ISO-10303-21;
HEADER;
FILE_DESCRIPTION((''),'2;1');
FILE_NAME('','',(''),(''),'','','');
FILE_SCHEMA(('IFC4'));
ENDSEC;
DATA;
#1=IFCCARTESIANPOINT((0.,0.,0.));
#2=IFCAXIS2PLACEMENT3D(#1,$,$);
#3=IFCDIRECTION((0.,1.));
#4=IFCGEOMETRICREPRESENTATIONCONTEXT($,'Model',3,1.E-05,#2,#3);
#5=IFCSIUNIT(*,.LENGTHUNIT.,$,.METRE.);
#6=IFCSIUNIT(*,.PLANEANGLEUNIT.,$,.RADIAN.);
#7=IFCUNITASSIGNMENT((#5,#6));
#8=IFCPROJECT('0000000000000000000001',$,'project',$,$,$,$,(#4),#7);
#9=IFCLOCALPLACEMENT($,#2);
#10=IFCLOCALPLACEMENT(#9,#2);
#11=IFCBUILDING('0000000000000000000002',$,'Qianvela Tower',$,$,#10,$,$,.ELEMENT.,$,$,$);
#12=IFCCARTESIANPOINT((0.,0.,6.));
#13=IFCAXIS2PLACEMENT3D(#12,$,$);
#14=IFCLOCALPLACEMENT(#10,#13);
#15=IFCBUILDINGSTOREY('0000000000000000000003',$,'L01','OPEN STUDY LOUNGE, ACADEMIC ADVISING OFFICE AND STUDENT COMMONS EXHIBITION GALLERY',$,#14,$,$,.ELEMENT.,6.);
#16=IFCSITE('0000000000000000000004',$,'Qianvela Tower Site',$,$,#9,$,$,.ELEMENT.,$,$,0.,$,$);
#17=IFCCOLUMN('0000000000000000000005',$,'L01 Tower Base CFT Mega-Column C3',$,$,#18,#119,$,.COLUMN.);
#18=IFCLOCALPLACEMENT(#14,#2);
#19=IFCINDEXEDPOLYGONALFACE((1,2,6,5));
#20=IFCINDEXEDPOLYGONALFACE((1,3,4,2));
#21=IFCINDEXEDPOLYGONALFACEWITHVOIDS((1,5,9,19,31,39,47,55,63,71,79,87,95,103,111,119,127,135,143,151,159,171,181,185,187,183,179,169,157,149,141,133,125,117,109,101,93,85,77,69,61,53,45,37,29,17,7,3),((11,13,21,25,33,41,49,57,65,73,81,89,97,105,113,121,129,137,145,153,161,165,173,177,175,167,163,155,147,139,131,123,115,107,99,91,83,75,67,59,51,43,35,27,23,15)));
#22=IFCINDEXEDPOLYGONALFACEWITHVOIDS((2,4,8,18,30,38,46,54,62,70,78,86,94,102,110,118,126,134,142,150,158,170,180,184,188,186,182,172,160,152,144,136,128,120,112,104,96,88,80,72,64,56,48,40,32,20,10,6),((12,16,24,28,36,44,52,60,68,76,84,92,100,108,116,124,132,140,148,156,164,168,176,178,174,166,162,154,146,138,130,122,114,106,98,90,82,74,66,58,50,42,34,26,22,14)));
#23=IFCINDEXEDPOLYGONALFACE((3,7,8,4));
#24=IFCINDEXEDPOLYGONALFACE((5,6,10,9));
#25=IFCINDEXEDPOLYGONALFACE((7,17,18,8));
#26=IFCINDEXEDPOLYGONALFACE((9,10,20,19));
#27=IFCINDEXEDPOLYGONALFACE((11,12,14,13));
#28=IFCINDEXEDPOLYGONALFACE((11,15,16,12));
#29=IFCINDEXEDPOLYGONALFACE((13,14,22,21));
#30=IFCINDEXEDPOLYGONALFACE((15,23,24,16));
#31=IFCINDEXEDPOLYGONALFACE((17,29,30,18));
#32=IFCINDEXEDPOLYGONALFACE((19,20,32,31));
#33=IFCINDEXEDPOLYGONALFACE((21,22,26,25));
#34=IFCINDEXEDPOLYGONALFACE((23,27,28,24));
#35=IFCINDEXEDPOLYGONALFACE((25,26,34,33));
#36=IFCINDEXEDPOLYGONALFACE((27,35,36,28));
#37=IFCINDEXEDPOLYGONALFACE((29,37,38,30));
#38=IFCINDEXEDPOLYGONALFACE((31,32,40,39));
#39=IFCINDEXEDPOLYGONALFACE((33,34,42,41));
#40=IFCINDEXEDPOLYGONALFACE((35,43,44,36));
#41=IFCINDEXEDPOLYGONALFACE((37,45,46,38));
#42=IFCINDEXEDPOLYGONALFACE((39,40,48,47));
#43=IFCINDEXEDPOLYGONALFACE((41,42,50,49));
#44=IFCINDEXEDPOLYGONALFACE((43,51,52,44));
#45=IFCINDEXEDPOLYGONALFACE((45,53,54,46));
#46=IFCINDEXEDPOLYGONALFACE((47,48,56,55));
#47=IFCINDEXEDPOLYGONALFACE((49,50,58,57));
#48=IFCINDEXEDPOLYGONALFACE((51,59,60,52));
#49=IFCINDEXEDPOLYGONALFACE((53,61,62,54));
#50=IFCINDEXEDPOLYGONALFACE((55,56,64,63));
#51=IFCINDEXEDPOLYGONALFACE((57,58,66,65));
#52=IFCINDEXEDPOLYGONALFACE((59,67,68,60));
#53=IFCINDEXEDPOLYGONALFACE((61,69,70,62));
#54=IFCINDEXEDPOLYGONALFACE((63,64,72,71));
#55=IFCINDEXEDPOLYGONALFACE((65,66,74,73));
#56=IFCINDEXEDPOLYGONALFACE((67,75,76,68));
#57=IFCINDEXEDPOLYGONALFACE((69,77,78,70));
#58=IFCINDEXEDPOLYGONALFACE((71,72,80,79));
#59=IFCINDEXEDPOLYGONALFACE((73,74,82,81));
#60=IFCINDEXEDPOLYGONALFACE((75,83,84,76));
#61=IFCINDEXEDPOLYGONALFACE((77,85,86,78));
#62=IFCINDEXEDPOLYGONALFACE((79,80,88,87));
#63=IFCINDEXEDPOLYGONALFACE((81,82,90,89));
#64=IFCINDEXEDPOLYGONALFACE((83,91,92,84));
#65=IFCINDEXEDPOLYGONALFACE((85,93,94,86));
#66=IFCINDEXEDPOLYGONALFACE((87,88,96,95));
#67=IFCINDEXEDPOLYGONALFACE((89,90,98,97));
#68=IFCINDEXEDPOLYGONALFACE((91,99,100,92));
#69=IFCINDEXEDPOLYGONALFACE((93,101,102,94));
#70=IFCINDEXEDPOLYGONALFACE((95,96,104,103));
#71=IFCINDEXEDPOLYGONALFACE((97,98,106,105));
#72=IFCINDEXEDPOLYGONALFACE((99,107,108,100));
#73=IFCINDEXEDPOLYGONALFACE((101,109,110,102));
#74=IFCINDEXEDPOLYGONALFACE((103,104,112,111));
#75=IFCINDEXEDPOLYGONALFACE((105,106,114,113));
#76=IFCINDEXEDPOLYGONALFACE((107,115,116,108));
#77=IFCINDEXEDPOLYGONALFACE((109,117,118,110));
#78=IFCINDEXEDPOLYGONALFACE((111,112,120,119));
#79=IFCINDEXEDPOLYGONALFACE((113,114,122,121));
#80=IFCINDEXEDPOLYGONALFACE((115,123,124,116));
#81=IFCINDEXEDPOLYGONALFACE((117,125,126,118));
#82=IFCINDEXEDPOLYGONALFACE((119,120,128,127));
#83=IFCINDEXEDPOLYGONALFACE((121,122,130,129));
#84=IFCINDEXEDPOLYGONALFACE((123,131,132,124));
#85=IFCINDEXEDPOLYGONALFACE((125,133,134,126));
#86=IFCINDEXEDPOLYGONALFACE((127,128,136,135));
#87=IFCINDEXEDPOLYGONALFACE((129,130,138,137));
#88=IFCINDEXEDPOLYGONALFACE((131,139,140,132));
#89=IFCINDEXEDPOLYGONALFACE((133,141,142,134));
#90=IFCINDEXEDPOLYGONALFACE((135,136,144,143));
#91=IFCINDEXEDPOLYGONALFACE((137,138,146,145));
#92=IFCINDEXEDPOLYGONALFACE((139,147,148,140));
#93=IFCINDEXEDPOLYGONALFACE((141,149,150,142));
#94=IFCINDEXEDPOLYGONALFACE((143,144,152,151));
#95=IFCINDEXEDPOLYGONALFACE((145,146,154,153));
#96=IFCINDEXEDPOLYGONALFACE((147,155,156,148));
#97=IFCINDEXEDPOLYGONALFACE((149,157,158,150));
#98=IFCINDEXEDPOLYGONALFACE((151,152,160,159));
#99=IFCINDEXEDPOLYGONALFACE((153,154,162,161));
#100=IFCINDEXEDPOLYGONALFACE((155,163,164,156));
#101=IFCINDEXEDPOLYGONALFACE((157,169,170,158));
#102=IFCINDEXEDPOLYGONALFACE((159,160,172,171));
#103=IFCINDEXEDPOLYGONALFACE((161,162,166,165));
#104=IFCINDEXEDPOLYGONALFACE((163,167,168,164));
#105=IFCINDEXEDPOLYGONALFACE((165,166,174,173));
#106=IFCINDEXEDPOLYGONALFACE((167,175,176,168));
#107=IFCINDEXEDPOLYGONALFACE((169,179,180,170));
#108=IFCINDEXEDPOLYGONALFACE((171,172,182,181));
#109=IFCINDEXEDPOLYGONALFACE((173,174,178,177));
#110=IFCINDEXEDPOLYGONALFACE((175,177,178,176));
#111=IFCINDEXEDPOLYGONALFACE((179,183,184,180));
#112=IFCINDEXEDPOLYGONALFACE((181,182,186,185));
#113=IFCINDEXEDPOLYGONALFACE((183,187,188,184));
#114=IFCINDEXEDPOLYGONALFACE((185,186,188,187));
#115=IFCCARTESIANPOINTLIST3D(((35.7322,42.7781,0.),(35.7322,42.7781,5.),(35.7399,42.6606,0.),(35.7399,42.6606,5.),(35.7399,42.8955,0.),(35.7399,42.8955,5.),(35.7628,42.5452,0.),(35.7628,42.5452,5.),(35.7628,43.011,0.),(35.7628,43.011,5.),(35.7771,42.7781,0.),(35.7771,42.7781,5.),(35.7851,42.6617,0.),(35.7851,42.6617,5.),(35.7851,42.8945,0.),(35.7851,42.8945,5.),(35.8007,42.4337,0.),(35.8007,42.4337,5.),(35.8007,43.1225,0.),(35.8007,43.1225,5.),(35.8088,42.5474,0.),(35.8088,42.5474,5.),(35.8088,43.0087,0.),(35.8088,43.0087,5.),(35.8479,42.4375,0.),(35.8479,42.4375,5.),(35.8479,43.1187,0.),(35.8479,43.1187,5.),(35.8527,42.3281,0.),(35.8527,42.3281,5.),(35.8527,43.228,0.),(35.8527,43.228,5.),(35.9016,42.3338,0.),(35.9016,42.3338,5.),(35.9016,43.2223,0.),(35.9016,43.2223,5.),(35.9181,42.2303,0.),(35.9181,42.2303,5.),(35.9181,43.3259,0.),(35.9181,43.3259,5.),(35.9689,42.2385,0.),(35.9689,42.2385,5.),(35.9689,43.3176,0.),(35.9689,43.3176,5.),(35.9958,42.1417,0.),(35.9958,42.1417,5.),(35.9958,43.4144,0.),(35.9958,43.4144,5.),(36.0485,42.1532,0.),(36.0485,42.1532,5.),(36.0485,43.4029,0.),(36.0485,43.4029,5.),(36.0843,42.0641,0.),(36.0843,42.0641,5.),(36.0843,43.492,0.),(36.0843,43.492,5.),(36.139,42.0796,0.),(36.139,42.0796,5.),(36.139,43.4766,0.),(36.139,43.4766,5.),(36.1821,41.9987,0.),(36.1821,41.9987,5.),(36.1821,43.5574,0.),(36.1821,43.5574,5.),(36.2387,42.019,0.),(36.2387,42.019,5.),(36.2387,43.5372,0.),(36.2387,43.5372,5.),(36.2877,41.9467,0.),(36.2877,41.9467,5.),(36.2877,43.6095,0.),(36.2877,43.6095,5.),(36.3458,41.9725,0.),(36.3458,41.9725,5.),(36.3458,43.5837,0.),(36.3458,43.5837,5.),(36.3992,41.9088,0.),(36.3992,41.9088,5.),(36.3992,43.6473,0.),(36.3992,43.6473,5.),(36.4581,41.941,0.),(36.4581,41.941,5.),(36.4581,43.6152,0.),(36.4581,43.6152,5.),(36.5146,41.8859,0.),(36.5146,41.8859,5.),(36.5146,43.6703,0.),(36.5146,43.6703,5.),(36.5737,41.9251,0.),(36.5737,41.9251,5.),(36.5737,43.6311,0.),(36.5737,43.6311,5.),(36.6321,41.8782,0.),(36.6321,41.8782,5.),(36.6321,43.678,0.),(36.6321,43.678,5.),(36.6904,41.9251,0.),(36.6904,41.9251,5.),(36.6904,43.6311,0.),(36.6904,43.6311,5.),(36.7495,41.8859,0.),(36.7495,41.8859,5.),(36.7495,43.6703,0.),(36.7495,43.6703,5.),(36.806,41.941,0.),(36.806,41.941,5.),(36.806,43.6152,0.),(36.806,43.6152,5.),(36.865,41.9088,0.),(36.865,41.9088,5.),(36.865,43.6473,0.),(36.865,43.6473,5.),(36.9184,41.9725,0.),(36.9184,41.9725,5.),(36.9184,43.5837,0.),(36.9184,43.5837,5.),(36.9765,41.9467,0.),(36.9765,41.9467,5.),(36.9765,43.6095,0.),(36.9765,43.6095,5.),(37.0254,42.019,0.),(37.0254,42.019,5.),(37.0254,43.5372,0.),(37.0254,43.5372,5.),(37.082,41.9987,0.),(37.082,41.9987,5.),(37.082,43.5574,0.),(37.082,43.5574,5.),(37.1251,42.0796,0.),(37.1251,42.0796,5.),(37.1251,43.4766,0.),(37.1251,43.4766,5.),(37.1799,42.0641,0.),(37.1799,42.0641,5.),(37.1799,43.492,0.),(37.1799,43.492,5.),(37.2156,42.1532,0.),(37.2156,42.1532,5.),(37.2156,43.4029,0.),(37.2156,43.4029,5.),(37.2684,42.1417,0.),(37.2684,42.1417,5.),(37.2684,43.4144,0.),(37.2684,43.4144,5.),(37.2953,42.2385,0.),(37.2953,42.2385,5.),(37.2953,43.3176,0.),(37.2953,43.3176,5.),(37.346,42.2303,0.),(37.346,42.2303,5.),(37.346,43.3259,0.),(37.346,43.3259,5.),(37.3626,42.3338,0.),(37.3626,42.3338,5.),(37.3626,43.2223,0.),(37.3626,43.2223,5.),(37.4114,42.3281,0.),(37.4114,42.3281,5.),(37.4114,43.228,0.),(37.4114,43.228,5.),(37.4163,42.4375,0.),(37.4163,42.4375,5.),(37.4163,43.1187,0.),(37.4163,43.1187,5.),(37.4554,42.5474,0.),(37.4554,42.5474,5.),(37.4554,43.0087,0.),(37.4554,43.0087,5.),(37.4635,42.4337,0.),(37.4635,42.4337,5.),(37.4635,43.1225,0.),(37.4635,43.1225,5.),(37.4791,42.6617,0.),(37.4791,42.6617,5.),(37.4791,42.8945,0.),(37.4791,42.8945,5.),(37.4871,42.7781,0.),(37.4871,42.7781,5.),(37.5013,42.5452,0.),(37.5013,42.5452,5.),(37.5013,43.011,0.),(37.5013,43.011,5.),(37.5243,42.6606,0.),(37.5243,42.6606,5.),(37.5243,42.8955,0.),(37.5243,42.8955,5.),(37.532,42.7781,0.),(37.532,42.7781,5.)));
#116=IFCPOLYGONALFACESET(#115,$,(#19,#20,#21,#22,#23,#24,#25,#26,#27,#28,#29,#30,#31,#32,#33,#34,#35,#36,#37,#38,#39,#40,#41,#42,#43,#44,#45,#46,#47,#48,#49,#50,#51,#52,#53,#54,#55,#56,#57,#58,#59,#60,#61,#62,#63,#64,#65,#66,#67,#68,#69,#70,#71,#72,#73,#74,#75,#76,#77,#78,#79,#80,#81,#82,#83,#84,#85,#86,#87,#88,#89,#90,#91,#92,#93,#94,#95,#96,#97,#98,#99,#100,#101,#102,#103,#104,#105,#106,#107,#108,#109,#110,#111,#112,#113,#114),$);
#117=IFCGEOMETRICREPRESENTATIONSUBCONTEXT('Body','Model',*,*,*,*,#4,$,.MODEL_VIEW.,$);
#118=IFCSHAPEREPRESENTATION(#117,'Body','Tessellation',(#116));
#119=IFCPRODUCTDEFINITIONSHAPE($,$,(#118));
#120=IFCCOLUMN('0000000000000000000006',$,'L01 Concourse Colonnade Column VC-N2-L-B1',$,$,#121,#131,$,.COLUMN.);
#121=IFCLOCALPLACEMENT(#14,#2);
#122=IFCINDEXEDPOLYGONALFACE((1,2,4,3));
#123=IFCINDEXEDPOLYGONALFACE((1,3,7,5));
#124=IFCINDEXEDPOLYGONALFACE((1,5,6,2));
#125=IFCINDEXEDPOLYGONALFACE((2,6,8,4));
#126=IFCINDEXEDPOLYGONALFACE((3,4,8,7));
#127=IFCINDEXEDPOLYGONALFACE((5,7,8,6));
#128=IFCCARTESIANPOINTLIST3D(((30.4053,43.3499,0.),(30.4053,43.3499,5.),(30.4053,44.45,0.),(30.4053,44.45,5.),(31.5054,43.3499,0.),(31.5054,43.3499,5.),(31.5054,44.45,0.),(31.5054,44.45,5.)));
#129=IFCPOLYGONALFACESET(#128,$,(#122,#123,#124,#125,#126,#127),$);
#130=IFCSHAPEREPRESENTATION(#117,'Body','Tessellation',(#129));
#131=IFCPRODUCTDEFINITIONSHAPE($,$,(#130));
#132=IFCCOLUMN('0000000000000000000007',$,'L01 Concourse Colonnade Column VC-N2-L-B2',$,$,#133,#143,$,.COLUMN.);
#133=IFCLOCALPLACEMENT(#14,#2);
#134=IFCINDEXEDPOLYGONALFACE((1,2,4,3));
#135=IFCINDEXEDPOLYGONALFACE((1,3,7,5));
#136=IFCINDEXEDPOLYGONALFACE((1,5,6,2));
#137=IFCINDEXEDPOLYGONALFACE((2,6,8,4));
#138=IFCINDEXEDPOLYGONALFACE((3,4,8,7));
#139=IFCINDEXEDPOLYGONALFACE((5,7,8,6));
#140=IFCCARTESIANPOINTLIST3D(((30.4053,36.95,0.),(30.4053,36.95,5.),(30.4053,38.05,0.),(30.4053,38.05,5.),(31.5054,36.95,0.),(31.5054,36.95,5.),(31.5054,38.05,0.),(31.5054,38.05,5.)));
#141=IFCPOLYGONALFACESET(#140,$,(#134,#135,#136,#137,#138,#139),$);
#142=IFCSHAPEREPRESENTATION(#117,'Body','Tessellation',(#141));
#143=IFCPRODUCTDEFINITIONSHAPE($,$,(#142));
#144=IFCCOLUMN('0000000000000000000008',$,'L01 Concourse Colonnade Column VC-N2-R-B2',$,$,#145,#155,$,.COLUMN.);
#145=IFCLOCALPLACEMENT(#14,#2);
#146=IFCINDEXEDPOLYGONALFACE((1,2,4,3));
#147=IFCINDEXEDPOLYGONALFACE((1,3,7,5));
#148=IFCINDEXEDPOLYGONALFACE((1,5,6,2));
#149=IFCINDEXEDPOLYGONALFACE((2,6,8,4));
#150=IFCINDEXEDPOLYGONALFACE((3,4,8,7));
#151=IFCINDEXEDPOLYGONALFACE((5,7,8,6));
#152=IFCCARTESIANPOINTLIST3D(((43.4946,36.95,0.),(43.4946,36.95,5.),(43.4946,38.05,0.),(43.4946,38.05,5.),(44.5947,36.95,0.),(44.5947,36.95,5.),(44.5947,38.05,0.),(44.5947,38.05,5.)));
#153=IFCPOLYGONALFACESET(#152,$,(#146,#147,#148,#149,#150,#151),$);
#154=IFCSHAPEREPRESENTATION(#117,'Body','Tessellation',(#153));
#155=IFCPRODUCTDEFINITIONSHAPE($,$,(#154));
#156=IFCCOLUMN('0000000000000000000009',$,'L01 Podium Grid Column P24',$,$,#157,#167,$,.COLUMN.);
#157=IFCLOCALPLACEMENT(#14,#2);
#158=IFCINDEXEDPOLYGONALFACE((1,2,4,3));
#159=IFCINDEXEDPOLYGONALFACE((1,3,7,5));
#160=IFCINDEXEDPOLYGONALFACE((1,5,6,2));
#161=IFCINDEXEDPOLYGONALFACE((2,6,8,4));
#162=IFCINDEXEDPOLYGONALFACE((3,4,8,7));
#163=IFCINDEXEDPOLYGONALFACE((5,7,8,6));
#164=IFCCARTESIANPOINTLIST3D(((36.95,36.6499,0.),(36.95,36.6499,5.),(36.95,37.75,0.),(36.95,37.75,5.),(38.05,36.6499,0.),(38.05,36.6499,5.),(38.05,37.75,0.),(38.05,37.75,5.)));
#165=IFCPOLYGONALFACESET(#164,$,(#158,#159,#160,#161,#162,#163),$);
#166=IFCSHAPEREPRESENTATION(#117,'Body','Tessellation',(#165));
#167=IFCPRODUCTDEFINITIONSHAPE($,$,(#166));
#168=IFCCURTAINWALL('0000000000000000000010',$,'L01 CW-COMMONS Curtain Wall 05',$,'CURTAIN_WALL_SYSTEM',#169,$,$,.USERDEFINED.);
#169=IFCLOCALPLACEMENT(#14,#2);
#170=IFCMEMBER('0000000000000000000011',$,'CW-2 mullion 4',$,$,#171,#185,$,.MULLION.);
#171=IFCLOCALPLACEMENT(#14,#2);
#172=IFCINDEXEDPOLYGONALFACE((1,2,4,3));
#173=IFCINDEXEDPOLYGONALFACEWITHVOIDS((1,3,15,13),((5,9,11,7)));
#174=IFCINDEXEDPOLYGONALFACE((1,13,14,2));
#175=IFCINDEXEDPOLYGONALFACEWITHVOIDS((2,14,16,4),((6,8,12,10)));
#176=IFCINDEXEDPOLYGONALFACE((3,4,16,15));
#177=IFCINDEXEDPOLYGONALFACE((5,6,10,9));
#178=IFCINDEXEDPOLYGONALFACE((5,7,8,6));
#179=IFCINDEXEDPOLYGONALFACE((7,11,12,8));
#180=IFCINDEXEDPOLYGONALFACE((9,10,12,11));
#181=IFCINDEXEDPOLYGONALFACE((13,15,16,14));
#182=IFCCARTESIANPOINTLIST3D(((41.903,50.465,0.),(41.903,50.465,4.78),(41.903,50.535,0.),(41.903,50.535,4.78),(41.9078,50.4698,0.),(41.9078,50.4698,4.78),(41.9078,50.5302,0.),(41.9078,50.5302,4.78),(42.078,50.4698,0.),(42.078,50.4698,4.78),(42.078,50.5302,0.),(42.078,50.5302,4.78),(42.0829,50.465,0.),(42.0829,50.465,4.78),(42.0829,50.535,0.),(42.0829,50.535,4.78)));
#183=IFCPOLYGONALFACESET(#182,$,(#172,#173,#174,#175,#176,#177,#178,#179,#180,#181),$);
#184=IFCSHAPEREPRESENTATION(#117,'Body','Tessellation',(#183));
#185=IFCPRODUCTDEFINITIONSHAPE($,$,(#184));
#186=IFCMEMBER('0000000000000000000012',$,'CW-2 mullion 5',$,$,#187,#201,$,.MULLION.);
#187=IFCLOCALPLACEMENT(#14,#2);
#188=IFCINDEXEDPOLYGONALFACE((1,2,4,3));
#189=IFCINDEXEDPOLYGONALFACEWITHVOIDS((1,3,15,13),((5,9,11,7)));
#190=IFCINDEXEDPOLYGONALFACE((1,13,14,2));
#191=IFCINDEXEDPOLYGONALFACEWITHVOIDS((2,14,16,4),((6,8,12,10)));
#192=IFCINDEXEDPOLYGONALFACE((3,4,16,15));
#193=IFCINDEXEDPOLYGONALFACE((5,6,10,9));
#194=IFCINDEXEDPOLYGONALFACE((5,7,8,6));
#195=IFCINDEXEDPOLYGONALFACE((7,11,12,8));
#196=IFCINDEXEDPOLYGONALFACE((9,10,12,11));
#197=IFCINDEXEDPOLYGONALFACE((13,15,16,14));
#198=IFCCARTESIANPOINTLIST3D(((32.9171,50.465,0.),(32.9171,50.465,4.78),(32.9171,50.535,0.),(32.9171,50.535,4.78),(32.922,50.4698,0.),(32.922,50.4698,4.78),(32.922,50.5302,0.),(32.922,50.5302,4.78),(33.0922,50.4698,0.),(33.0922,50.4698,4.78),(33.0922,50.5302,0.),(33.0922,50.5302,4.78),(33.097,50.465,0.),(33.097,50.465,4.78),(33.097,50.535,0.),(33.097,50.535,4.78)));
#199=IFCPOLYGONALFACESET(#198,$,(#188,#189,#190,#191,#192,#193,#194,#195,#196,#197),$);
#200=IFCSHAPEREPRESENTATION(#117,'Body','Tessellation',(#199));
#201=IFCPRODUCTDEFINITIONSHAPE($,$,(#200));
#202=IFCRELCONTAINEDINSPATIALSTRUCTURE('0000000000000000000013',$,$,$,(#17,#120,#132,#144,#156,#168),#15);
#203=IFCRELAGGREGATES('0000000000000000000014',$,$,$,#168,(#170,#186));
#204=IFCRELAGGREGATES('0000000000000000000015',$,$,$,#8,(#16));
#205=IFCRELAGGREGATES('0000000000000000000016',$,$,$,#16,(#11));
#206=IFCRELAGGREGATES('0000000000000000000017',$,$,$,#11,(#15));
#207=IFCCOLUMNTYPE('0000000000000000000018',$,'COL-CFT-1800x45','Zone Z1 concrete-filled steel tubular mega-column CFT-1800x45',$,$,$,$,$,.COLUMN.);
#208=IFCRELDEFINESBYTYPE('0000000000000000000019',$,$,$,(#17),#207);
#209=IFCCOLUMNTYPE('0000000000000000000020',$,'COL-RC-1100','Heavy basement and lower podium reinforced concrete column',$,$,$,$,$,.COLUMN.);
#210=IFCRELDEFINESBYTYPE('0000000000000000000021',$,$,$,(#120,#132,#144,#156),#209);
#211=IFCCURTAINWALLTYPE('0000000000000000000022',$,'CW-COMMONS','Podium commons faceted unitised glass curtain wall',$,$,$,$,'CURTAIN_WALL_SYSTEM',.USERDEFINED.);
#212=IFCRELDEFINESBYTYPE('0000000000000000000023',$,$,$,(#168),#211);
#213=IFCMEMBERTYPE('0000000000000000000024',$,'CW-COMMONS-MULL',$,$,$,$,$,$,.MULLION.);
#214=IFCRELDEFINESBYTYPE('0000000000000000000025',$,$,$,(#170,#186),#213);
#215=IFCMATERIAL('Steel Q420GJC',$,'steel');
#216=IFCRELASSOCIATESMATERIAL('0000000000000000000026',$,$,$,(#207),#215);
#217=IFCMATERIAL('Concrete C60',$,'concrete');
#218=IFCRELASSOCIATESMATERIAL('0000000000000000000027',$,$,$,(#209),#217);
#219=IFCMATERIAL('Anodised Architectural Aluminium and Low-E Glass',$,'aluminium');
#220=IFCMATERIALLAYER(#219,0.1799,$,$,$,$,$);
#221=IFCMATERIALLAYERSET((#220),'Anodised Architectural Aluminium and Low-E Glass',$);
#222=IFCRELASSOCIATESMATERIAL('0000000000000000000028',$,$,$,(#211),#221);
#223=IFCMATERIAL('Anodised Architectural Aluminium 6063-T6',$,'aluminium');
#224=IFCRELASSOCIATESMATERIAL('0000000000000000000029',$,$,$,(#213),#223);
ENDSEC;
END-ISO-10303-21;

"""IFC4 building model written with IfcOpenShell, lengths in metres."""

from ifc_helpers import new_model, si_unit, direction, frame, origin, origin_2d, place, context, subcontext, project, spatial, rectangle, hollow_rectangle, hollow_circle, extrude, material, layer, layer_set, material_profile, profile_set, type_object, element, aggregate, save


model = new_model("IFC4")

# Units and contexts
model_context = context("Model", 3, precision=1e-05, world=origin(), true_north=direction((0.0, 1.0)))
body_context = subcontext(model_context, "Body", "Model", "MODEL_VIEW")
ifc_project = project(units=[si_unit("LENGTHUNIT", "METRE"), si_unit("PLANEANGLEUNIT", "RADIAN")], contexts=[model_context])

# Site, building, storey
site_placement = place(None, origin())
site = spatial("IfcSite", under=ifc_project, at=site_placement, Name="Qianvela Tower Site", CompositionType="ELEMENT", RefElevation=0.0)
building_placement = place(site_placement, origin())
building = spatial("IfcBuilding", under=site, at=building_placement, Name="Qianvela Tower", CompositionType="ELEMENT")
storey_placement = place(building_placement, frame((0.0, 0.0, 6.0)))
storey = spatial("IfcBuildingStorey", under=building, at=storey_placement, Name="L01", Description="OPEN STUDY LOUNGE, ACADEMIC ADVISING OFFICE AND STUDENT COMMONS EXHIBITION GALLERY", CompositionType="ELEMENT", Elevation=6.0)

# Columns
ifc_material_1 = material(Name="Steel Q420GJC", Category="steel")
ifc_material_profile_1 = material_profile(ifc_material_1, hollow_circle(Radius=0.8999, WallThickness=0.0449, at=origin_2d()), Name="CFT-1800x45")
ifc_profile_set_1 = profile_set([ifc_material_profile_1], Name="Steel Q420GJC")
column_type_1 = type_object("IfcColumnType", Name="COL-CFT-1800x45", Description="Zone Z1 concrete-filled steel tubular mega-column CFT-1800x45", PredefinedType="COLUMN", material=ifc_profile_set_1)
column_placement = place(storey_placement, frame((36.6321, 42.7781, 0.0), z_axis=(0.0, 0.0, 1.0), x_axis=(1.0, 0.0, 0.0)))
element("IfcColumn", 1, at=column_placement, inside=storey, type_object=column_type_1, Name="L01 Tower Base CFT Mega-Column C3", PredefinedType="COLUMN", context=body_context, shape_type="SweptSolid", body=[
    extrude(hollow_circle(Radius=0.8999, WallThickness=0.0449, at=origin_2d()), origin(), (0.0, 0.0, 1.0), 5.0),
])
ifc_material_2 = material(Name="Concrete C60", Category="concrete")
ifc_material_profile_2 = material_profile(ifc_material_2, rectangle(XDim=1.1001, YDim=1.1001, at=origin_2d()), Name="RC-COL-1100x1100")
ifc_profile_set_2 = profile_set([ifc_material_profile_2], Name="Concrete C60")
column_type_2 = type_object("IfcColumnType", Name="COL-RC-1100", Description="Heavy basement and lower podium reinforced concrete column", PredefinedType="COLUMN", material=ifc_profile_set_2)
for number, where, z_axis, x_axis, name in (
    (2, (30.9553, 43.8999, 0.0), (0.0, 0.0, 1.0), (1.0, 0.0, 0.0), "L01 Concourse Colonnade Column VC-N2-L-B1"),
    (3, (30.9553, 37.5, 0.0), (0.0, 0.0, 1.0), (1.0, 0.0, 0.0), "L01 Concourse Colonnade Column VC-N2-L-B2"),
    (4, (44.0447, 37.5, 0.0), (0.0, 0.0, 1.0), (1.0, 0.0, 0.0), "L01 Concourse Colonnade Column VC-N2-R-B2"),
    (5, (37.5, 37.2, 0.0), (0.0, 0.0, 1.0), (1.0, 0.0, 0.0), "L01 Podium Grid Column P24"),
):
    element("IfcColumn", number, at=place(storey_placement, frame(where, z_axis=z_axis, x_axis=x_axis)), inside=storey, type_object=column_type_2, Name=name, PredefinedType="COLUMN", context=body_context, shape_type="SweptSolid", body=[
        extrude(rectangle(XDim=1.1001, YDim=1.1001, at=origin_2d()), origin(), (0.0, 0.0, 1.0), 5.0),
    ])

# Curtain wall, members
ifc_material_3 = material(Name="Anodised Architectural Aluminium and Low-E Glass", Category="aluminium")
ifc_layer_1 = layer(ifc_material_3, 0.1799)
ifc_layer_set_1 = layer_set([ifc_layer_1], Name="Anodised Architectural Aluminium and Low-E Glass")
curtain_wall_type = type_object("IfcCurtainWallType", Name="CW-COMMONS", Description="Podium commons faceted unitised glass curtain wall", ElementType="CURTAIN_WALL_SYSTEM", PredefinedType="USERDEFINED", material=ifc_layer_set_1)
curtain_wall_placement = place(storey_placement, origin())
curtain_wall = element("IfcCurtainWall", 6, at=curtain_wall_placement, inside=storey, type_object=curtain_wall_type, Name="L01 CW-COMMONS Curtain Wall 05", ObjectType="CURTAIN_WALL_SYSTEM", PredefinedType="USERDEFINED")
ifc_material_4 = material(Name="Anodised Architectural Aluminium 6063-T6", Category="aluminium")
ifc_material_profile_3 = material_profile(ifc_material_4, hollow_rectangle(XDim=0.0701, YDim=0.1799, WallThickness=0.0049, at=origin_2d()), Name="ALU-MULL-70x180")
ifc_profile_set_3 = profile_set([ifc_material_profile_3], Name="Anodised Architectural Aluminium 6063-T6")
member_type_1 = type_object("IfcMemberType", Name="CW-COMMONS-MULL", PredefinedType="MULLION", material=ifc_profile_set_3)
member_1_placement = place(storey_placement, frame((41.9929, 50.5, 0.0), z_axis=(0.0, 0.0, 1.0), x_axis=(0.0, -1.0, 0.0)))
member_1 = element("IfcMember", 7, at=member_1_placement, type_object=member_type_1, Name="CW-2 mullion 4", PredefinedType="MULLION", context=body_context, shape_type="SweptSolid", body=[
    extrude(hollow_rectangle(XDim=0.0701, YDim=0.1799, WallThickness=0.0049, at=origin_2d()), origin(), (0.0, 0.0, 1.0), 4.78),
])
member_2_placement = place(storey_placement, frame((33.0071, 50.5, 0.0), z_axis=(0.0, 0.0, 1.0), x_axis=(0.0, -1.0, 0.0)))
member_2 = element("IfcMember", 8, at=member_2_placement, type_object=member_type_1, Name="CW-2 mullion 5", PredefinedType="MULLION", context=body_context, shape_type="SweptSolid", body=[
    extrude(hollow_rectangle(XDim=0.0701, YDim=0.1799, WallThickness=0.0049, at=origin_2d()), origin(), (0.0, 0.0, 1.0), 4.78),
])

aggregate(curtain_wall, [member_1, member_2])

save(model, "model.ifc")
